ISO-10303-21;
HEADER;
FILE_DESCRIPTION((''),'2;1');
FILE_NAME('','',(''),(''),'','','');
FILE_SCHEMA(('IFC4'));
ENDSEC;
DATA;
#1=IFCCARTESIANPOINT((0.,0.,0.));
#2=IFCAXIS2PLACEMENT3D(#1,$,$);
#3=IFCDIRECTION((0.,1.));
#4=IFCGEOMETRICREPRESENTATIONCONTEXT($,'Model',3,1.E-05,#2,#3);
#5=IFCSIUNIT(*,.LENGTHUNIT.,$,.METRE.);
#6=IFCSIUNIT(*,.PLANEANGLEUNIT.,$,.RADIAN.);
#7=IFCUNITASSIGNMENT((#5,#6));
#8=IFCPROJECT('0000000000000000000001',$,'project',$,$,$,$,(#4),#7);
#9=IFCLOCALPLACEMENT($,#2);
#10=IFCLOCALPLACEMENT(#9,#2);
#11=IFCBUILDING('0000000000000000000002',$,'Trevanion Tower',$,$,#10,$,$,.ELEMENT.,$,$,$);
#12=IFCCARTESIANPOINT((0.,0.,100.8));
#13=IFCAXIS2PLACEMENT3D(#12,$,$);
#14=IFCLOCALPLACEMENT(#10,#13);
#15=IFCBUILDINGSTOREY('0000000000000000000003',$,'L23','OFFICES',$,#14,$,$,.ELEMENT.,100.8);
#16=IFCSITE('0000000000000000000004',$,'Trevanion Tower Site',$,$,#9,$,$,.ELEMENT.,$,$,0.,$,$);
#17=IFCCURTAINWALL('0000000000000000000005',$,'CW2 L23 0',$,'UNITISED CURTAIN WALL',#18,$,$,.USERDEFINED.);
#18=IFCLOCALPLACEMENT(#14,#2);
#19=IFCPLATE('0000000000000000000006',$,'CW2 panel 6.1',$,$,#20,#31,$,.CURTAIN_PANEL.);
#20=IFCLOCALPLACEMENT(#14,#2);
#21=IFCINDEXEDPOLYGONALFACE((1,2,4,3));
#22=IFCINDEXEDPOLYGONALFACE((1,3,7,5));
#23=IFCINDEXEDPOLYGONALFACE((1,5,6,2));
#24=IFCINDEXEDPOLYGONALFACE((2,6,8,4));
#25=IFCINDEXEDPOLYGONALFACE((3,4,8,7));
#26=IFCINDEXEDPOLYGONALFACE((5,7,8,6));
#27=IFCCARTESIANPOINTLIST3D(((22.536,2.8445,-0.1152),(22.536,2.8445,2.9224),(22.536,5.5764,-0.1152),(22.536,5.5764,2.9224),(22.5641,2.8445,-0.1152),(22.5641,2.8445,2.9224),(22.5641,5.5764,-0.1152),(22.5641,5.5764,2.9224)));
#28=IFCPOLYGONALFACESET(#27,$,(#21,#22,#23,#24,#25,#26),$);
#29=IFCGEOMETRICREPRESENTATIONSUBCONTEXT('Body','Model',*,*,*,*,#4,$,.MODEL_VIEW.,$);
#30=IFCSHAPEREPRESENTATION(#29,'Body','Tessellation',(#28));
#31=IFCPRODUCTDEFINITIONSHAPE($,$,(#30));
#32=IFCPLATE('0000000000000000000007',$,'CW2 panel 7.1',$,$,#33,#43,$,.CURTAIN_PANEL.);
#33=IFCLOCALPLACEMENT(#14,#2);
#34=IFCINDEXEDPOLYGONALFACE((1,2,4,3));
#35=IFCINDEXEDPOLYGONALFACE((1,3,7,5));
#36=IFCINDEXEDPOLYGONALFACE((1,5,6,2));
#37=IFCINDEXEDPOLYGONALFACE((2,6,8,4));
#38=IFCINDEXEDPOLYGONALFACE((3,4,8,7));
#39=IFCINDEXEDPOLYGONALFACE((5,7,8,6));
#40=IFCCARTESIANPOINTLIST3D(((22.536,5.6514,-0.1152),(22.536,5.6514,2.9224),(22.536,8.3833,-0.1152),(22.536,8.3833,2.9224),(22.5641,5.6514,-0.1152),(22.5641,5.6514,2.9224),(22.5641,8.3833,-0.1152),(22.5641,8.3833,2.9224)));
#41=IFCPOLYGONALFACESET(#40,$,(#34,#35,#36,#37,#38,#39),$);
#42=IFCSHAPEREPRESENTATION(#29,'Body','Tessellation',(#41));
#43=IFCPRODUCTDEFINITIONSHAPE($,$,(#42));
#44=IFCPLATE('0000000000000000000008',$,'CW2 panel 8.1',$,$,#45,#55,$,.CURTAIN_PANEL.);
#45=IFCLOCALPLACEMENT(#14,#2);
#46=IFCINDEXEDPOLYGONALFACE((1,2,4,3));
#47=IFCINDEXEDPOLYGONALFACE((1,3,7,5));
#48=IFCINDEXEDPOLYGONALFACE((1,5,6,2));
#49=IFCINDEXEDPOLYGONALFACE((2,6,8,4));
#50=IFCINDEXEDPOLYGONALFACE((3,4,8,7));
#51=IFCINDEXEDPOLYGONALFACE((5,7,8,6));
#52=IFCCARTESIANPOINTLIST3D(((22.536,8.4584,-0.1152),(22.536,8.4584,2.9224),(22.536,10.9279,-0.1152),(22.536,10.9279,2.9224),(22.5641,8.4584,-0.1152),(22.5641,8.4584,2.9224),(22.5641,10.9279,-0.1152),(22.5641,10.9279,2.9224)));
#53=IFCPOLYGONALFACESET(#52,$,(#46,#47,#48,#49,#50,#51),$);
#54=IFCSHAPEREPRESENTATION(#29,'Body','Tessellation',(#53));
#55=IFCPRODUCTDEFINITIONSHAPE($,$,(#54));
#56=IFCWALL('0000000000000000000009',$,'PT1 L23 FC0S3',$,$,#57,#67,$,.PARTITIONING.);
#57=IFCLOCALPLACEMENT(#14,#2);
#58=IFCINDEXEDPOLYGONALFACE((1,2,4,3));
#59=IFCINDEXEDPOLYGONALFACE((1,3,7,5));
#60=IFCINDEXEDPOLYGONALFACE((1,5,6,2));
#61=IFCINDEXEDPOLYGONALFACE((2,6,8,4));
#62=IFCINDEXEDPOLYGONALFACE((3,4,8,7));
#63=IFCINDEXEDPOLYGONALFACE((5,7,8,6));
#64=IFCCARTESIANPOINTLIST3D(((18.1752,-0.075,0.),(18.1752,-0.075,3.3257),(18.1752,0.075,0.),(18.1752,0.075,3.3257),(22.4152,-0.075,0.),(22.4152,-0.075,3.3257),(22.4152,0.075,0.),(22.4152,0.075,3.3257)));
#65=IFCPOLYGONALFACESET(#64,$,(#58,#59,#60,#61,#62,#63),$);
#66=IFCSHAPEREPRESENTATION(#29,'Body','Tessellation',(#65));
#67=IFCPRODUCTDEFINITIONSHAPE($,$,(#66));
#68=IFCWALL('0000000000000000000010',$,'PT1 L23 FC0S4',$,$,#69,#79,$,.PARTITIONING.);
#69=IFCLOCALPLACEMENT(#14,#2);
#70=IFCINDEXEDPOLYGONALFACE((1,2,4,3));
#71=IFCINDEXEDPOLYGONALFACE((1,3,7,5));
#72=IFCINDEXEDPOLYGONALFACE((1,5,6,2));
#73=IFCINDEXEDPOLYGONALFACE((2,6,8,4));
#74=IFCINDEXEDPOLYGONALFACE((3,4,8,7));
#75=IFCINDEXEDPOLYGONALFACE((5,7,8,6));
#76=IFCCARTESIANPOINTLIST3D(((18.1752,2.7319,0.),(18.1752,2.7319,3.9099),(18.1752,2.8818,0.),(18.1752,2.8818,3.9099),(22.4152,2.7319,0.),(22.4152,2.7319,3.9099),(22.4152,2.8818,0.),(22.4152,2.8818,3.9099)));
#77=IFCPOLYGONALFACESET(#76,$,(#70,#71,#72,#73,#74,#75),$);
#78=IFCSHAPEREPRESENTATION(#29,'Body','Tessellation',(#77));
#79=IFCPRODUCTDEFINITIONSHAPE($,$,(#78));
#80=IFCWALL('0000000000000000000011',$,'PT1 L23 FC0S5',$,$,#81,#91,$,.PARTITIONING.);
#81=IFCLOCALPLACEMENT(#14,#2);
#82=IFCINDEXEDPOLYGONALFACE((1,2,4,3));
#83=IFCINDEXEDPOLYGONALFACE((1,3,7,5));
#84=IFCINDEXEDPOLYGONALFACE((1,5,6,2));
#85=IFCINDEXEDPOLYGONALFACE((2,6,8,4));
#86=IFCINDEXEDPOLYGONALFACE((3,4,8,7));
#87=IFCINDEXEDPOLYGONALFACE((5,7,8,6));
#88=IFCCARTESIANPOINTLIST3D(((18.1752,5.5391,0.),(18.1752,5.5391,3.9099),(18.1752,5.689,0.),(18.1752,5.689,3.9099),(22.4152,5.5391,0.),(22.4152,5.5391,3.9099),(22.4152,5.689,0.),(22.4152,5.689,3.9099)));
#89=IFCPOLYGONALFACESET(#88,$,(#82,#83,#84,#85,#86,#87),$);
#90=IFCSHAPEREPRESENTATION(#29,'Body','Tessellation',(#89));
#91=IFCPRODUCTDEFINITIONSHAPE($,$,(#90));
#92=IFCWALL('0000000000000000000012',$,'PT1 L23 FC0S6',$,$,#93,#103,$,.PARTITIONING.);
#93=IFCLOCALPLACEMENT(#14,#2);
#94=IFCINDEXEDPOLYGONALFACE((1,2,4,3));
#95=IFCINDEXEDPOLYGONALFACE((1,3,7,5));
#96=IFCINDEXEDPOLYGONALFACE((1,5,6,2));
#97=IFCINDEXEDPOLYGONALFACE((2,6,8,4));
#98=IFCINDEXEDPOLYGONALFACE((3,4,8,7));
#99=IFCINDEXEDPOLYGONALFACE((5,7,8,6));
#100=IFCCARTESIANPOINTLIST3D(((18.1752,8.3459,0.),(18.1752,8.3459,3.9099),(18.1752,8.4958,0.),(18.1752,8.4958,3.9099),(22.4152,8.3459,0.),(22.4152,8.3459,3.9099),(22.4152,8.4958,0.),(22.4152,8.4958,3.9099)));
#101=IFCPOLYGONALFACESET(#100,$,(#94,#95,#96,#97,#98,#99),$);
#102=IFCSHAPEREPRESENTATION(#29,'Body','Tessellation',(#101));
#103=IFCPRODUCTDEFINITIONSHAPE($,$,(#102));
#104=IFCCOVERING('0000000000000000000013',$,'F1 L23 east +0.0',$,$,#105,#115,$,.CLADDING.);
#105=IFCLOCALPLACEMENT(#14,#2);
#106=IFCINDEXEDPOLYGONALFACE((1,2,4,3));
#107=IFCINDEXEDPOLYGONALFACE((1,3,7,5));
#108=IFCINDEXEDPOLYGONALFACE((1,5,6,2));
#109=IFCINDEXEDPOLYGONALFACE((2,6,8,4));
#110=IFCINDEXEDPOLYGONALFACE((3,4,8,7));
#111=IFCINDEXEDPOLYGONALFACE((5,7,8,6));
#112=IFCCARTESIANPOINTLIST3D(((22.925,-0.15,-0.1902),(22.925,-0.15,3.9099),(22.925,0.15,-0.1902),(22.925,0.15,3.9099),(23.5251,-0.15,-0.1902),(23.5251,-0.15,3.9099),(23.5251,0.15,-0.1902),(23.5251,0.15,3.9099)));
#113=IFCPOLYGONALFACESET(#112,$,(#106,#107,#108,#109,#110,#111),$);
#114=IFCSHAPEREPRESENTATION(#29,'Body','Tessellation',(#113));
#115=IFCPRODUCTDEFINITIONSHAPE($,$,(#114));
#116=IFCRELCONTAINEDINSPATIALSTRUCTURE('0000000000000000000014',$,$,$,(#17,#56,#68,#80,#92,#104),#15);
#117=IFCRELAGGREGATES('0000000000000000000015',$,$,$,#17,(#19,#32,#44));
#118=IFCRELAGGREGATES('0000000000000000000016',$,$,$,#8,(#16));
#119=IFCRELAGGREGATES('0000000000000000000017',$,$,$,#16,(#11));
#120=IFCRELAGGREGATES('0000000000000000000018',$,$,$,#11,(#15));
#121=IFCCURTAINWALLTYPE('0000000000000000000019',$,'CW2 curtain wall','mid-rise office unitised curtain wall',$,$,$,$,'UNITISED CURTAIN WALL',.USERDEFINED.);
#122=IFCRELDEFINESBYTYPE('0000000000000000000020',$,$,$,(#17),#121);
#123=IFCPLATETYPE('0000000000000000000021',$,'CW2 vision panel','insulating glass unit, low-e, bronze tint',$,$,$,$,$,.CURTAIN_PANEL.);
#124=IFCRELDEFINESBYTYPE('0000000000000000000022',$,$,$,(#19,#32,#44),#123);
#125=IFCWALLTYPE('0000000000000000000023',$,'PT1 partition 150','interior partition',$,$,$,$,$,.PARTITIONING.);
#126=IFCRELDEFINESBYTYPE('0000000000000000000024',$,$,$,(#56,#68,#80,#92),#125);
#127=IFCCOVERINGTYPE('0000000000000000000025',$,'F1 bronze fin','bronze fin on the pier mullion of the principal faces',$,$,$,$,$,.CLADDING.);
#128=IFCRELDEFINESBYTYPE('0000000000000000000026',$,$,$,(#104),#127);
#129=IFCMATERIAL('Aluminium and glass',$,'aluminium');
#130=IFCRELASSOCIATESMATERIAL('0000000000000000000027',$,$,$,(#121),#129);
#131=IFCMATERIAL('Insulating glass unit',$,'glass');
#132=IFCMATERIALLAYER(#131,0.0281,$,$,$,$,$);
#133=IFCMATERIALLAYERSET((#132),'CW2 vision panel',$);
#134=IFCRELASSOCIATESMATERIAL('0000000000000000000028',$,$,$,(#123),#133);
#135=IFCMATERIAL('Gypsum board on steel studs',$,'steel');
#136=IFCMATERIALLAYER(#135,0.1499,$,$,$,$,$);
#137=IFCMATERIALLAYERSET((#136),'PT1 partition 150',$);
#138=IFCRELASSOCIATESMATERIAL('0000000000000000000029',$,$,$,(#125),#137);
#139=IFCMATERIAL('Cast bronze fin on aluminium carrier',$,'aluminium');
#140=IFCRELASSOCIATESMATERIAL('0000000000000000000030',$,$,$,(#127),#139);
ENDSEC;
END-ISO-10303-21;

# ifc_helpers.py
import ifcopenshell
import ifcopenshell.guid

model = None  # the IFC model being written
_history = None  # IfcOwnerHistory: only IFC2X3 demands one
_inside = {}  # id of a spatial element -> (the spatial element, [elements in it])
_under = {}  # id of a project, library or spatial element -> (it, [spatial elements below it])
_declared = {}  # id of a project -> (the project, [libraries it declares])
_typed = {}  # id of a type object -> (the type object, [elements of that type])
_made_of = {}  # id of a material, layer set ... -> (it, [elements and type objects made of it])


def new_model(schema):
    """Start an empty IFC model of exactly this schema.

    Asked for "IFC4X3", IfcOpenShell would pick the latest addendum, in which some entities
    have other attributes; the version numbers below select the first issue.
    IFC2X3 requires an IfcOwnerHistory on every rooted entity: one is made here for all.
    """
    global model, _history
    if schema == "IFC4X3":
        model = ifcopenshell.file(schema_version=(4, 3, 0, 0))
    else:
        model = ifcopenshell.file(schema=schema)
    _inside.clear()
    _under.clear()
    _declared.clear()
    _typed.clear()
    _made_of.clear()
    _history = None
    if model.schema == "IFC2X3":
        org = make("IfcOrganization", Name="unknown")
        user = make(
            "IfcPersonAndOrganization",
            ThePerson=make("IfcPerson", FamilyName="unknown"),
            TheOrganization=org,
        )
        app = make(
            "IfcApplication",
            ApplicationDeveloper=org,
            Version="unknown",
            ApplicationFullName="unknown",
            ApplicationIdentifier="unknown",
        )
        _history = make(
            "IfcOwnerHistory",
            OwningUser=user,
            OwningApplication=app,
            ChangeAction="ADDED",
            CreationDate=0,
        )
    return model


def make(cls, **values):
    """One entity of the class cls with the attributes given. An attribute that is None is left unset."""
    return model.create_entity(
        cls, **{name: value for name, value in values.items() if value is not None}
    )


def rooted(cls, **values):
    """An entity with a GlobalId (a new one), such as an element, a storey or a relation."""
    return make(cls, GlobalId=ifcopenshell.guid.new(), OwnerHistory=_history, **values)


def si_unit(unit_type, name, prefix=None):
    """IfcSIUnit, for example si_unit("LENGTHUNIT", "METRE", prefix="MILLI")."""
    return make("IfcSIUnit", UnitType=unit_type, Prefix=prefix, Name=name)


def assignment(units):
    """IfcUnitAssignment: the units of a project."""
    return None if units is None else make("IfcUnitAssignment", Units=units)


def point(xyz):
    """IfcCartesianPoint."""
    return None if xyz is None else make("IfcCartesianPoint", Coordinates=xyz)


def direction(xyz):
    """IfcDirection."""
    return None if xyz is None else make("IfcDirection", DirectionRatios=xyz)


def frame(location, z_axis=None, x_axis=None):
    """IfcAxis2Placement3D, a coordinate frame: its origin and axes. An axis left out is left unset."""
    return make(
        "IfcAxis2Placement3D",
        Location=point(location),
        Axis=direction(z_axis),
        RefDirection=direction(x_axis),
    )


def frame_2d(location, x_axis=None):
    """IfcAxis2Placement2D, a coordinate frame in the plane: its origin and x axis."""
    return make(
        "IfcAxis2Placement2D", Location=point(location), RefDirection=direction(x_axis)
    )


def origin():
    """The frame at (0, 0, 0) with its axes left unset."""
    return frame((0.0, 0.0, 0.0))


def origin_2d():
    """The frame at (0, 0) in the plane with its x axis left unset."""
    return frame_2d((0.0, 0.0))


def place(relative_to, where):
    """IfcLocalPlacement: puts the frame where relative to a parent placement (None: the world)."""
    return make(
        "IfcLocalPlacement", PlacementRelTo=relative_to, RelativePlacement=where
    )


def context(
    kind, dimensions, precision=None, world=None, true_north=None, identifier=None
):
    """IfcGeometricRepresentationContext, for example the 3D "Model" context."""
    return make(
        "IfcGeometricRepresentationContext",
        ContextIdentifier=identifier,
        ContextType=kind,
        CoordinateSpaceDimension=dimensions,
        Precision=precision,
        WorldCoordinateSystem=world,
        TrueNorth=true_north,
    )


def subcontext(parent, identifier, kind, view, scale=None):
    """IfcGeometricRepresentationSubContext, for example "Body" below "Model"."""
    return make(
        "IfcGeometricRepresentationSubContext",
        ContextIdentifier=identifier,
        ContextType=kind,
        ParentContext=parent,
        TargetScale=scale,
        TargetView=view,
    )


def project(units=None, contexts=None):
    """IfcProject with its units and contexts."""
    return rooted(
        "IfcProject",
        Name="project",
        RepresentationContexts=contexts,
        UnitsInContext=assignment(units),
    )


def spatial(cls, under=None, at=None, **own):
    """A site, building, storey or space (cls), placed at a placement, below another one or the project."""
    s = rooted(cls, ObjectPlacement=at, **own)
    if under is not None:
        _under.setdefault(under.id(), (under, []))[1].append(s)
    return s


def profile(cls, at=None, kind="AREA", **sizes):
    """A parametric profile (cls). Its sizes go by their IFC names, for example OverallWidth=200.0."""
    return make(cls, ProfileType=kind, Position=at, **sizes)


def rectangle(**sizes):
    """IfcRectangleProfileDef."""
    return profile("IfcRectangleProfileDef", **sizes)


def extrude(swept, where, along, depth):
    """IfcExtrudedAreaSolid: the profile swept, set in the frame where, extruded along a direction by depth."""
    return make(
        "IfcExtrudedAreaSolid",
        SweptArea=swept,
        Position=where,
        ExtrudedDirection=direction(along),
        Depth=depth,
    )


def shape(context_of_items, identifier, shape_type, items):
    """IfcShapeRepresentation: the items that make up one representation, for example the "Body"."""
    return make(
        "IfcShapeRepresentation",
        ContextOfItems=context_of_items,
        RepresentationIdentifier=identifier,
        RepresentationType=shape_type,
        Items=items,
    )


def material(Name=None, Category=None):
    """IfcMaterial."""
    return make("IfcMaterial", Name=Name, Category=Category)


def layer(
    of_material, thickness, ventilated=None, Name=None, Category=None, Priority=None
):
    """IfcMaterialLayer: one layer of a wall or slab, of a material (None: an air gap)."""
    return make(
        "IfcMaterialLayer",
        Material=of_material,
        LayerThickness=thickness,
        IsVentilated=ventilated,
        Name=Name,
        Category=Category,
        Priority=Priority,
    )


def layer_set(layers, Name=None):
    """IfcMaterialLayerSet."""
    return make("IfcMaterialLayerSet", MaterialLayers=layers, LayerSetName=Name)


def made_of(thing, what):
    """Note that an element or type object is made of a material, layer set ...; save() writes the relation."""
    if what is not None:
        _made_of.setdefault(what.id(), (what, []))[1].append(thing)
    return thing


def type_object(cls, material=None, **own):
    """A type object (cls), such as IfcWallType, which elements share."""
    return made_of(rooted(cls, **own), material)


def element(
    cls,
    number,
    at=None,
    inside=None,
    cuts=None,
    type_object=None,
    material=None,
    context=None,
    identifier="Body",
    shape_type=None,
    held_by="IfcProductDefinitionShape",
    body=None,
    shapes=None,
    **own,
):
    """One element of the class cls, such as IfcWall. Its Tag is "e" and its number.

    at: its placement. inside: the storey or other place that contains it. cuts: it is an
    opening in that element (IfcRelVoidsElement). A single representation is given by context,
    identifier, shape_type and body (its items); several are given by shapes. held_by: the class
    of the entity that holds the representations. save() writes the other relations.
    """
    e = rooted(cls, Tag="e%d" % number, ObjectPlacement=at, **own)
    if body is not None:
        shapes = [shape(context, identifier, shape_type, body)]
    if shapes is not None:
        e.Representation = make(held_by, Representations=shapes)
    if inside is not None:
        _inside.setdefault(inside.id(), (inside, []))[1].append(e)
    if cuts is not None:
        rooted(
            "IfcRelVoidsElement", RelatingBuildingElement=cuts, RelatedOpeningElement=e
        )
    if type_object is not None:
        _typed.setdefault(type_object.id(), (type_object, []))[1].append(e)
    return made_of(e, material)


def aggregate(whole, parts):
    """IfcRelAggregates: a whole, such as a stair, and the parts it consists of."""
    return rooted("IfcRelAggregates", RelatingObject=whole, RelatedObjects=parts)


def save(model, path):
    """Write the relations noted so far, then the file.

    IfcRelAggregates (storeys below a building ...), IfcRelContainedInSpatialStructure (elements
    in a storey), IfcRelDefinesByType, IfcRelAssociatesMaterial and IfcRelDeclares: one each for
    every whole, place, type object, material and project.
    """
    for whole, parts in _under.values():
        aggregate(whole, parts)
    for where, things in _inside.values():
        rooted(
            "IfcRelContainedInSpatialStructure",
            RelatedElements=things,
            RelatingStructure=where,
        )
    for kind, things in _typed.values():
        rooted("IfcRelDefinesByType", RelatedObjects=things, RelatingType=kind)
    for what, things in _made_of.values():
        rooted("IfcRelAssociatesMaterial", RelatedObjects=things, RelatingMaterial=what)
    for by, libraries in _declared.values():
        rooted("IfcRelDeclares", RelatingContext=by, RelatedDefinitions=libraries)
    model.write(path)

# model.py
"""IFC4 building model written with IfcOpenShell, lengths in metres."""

from ifc_helpers import new_model, si_unit, direction, frame, frame_2d, origin, origin_2d, place, context, subcontext, project, spatial, rectangle, extrude, material, layer, layer_set, type_object, element, aggregate, save


model = new_model("IFC4")

# Units and contexts
model_context = context("Model", 3, precision=1e-05, world=origin(), true_north=direction((0.0, 1.0)))
body_context = subcontext(model_context, "Body", "Model", "MODEL_VIEW")
ifc_project = project(units=[si_unit("LENGTHUNIT", "METRE"), si_unit("PLANEANGLEUNIT", "RADIAN")], contexts=[model_context])

# Site, building, storey
site_placement = place(None, origin())
site = spatial("IfcSite", under=ifc_project, at=site_placement, Name="Trevanion Tower Site", CompositionType="ELEMENT", RefElevation=0.0)
building_placement = place(site_placement, origin())
building = spatial("IfcBuilding", under=site, at=building_placement, Name="Trevanion Tower", CompositionType="ELEMENT")
storey_placement = place(building_placement, frame((0.0, 0.0, 100.8)))
storey = spatial("IfcBuildingStorey", under=building, at=storey_placement, Name="L23", Description="OFFICES", CompositionType="ELEMENT", Elevation=100.8)

# Curtain wall
ifc_material_1 = material(Name="Aluminium and glass", Category="aluminium")
curtain_wall_type = type_object("IfcCurtainWallType", Name="CW2 curtain wall", Description="mid-rise office unitised curtain wall", ElementType="UNITISED CURTAIN WALL", PredefinedType="USERDEFINED", material=ifc_material_1)
curtain_wall_placement = place(storey_placement, origin())
curtain_wall = element("IfcCurtainWall", 1, at=curtain_wall_placement, inside=storey, type_object=curtain_wall_type, Name="CW2 L23 0", ObjectType="UNITISED CURTAIN WALL", PredefinedType="USERDEFINED")

# Plates
ifc_material_2 = material(Name="Insulating glass unit", Category="glass")
ifc_layer_1 = layer(ifc_material_2, 0.0281)
ifc_layer_set_1 = layer_set([ifc_layer_1], Name="CW2 vision panel")
plate_type_1 = type_object("IfcPlateType", Name="CW2 vision panel", Description="insulating glass unit, low-e, bronze tint", PredefinedType="CURTAIN_PANEL", material=ifc_layer_set_1)
plate_1_placement = place(storey_placement, frame((22.55, 4.2104, -0.1152), z_axis=(0.0, 0.0, 1.0), x_axis=(0.0, 1.0, 0.0)))
plate_1 = element("IfcPlate", 2, at=plate_1_placement, type_object=plate_type_1, Name="CW2 panel 6.1", PredefinedType="CURTAIN_PANEL", context=body_context, shape_type="SweptSolid", body=[
    extrude(rectangle(XDim=2.7319, YDim=0.0281, at=origin_2d()), origin(), (0.0, 0.0, 1.0), 3.0376),
])
plate_2_placement = place(storey_placement, frame((22.55, 7.0173, -0.1152), z_axis=(0.0, 0.0, 1.0), x_axis=(0.0, 1.0, 0.0)))
plate_2 = element("IfcPlate", 3, at=plate_2_placement, type_object=plate_type_1, Name="CW2 panel 7.1", PredefinedType="CURTAIN_PANEL", context=body_context, shape_type="SweptSolid", body=[
    extrude(rectangle(XDim=2.7319, YDim=0.0281, at=origin_2d()), origin(), (0.0, 0.0, 1.0), 3.0376),
])
plate_3_placement = place(storey_placement, frame((22.55, 9.6931, -0.1152), z_axis=(0.0, 0.0, 1.0), x_axis=(0.0, 1.0, 0.0)))
plate_3 = element("IfcPlate", 4, at=plate_3_placement, type_object=plate_type_1, Name="CW2 panel 8.1", PredefinedType="CURTAIN_PANEL", context=body_context, shape_type="SweptSolid", body=[
    extrude(rectangle(XDim=2.4695, YDim=0.0281, at=origin_2d()), origin(), (0.0, 0.0, 1.0), 3.0376),
])
aggregate(curtain_wall, [plate_1, plate_2, plate_3])

# Walls
ifc_material_3 = material(Name="Gypsum board on steel studs", Category="steel")
ifc_layer_2 = layer(ifc_material_3, 0.1499)
ifc_layer_set_2 = layer_set([ifc_layer_2], Name="PT1 partition 150")
wall_type = type_object("IfcWallType", Name="PT1 partition 150", Description="interior partition", PredefinedType="PARTITIONING", material=ifc_layer_set_2)
wall_placement = place(storey_placement, frame((18.175, 0.0, 0.0), z_axis=(0.0, 0.0, 1.0), x_axis=(1.0, 0.0, 0.0)))
element("IfcWall", 5, at=wall_placement, inside=storey, type_object=wall_type, Name="PT1 L23 FC0S3", PredefinedType="PARTITIONING", context=body_context, shape_type="SweptSolid", body=[
    extrude(rectangle(XDim=4.24, YDim=0.1499, at=frame_2d((2.1201, 0.0))), origin(), (0.0, 0.0, 1.0), 3.3257),
])
for number, where, z_axis, x_axis, name in (
    (6, (18.175, 2.8069, 0.0), (0.0, 0.0, 1.0), (1.0, 0.0, 0.0), "PT1 L23 FC0S4"),
    (7, (18.175, 5.614, 0.0), (0.0, 0.0, 1.0), (1.0, 0.0, 0.0), "PT1 L23 FC0S5"),
    (8, (18.175, 8.4209, 0.0), (0.0, 0.0, 1.0), (1.0, 0.0, 0.0), "PT1 L23 FC0S6"),
):
    element("IfcWall", number, at=place(storey_placement, frame(where, z_axis=z_axis, x_axis=x_axis)), inside=storey, type_object=wall_type, Name=name, PredefinedType="PARTITIONING", context=body_context, shape_type="SweptSolid", body=[
        extrude(rectangle(XDim=4.24, YDim=0.1499, at=frame_2d((2.1201, 0.0))), origin(), (0.0, 0.0, 1.0), 3.9099),
    ])

# Covering
ifc_material_4 = material(Name="Cast bronze fin on aluminium carrier", Category="aluminium")
covering_type = type_object("IfcCoveringType", Name="F1 bronze fin", Description="bronze fin on the pier mullion of the principal faces", PredefinedType="CLADDING", material=ifc_material_4)
covering_placement = place(storey_placement, frame((23.2251, 0.0, -0.1902), z_axis=(0.0, 0.0, 1.0), x_axis=(0.0, 1.0, 0.0)))
element("IfcCovering", 9, at=covering_placement, inside=storey, type_object=covering_type, Name="F1 L23 east +0.0", PredefinedType="CLADDING", context=body_context, shape_type="SweptSolid", body=[
    extrude(rectangle(XDim=0.3, YDim=0.6001, at=origin_2d()), origin(), (0.0, 0.0, 1.0), 4.1001),
])

save(model, "model.ifc")
